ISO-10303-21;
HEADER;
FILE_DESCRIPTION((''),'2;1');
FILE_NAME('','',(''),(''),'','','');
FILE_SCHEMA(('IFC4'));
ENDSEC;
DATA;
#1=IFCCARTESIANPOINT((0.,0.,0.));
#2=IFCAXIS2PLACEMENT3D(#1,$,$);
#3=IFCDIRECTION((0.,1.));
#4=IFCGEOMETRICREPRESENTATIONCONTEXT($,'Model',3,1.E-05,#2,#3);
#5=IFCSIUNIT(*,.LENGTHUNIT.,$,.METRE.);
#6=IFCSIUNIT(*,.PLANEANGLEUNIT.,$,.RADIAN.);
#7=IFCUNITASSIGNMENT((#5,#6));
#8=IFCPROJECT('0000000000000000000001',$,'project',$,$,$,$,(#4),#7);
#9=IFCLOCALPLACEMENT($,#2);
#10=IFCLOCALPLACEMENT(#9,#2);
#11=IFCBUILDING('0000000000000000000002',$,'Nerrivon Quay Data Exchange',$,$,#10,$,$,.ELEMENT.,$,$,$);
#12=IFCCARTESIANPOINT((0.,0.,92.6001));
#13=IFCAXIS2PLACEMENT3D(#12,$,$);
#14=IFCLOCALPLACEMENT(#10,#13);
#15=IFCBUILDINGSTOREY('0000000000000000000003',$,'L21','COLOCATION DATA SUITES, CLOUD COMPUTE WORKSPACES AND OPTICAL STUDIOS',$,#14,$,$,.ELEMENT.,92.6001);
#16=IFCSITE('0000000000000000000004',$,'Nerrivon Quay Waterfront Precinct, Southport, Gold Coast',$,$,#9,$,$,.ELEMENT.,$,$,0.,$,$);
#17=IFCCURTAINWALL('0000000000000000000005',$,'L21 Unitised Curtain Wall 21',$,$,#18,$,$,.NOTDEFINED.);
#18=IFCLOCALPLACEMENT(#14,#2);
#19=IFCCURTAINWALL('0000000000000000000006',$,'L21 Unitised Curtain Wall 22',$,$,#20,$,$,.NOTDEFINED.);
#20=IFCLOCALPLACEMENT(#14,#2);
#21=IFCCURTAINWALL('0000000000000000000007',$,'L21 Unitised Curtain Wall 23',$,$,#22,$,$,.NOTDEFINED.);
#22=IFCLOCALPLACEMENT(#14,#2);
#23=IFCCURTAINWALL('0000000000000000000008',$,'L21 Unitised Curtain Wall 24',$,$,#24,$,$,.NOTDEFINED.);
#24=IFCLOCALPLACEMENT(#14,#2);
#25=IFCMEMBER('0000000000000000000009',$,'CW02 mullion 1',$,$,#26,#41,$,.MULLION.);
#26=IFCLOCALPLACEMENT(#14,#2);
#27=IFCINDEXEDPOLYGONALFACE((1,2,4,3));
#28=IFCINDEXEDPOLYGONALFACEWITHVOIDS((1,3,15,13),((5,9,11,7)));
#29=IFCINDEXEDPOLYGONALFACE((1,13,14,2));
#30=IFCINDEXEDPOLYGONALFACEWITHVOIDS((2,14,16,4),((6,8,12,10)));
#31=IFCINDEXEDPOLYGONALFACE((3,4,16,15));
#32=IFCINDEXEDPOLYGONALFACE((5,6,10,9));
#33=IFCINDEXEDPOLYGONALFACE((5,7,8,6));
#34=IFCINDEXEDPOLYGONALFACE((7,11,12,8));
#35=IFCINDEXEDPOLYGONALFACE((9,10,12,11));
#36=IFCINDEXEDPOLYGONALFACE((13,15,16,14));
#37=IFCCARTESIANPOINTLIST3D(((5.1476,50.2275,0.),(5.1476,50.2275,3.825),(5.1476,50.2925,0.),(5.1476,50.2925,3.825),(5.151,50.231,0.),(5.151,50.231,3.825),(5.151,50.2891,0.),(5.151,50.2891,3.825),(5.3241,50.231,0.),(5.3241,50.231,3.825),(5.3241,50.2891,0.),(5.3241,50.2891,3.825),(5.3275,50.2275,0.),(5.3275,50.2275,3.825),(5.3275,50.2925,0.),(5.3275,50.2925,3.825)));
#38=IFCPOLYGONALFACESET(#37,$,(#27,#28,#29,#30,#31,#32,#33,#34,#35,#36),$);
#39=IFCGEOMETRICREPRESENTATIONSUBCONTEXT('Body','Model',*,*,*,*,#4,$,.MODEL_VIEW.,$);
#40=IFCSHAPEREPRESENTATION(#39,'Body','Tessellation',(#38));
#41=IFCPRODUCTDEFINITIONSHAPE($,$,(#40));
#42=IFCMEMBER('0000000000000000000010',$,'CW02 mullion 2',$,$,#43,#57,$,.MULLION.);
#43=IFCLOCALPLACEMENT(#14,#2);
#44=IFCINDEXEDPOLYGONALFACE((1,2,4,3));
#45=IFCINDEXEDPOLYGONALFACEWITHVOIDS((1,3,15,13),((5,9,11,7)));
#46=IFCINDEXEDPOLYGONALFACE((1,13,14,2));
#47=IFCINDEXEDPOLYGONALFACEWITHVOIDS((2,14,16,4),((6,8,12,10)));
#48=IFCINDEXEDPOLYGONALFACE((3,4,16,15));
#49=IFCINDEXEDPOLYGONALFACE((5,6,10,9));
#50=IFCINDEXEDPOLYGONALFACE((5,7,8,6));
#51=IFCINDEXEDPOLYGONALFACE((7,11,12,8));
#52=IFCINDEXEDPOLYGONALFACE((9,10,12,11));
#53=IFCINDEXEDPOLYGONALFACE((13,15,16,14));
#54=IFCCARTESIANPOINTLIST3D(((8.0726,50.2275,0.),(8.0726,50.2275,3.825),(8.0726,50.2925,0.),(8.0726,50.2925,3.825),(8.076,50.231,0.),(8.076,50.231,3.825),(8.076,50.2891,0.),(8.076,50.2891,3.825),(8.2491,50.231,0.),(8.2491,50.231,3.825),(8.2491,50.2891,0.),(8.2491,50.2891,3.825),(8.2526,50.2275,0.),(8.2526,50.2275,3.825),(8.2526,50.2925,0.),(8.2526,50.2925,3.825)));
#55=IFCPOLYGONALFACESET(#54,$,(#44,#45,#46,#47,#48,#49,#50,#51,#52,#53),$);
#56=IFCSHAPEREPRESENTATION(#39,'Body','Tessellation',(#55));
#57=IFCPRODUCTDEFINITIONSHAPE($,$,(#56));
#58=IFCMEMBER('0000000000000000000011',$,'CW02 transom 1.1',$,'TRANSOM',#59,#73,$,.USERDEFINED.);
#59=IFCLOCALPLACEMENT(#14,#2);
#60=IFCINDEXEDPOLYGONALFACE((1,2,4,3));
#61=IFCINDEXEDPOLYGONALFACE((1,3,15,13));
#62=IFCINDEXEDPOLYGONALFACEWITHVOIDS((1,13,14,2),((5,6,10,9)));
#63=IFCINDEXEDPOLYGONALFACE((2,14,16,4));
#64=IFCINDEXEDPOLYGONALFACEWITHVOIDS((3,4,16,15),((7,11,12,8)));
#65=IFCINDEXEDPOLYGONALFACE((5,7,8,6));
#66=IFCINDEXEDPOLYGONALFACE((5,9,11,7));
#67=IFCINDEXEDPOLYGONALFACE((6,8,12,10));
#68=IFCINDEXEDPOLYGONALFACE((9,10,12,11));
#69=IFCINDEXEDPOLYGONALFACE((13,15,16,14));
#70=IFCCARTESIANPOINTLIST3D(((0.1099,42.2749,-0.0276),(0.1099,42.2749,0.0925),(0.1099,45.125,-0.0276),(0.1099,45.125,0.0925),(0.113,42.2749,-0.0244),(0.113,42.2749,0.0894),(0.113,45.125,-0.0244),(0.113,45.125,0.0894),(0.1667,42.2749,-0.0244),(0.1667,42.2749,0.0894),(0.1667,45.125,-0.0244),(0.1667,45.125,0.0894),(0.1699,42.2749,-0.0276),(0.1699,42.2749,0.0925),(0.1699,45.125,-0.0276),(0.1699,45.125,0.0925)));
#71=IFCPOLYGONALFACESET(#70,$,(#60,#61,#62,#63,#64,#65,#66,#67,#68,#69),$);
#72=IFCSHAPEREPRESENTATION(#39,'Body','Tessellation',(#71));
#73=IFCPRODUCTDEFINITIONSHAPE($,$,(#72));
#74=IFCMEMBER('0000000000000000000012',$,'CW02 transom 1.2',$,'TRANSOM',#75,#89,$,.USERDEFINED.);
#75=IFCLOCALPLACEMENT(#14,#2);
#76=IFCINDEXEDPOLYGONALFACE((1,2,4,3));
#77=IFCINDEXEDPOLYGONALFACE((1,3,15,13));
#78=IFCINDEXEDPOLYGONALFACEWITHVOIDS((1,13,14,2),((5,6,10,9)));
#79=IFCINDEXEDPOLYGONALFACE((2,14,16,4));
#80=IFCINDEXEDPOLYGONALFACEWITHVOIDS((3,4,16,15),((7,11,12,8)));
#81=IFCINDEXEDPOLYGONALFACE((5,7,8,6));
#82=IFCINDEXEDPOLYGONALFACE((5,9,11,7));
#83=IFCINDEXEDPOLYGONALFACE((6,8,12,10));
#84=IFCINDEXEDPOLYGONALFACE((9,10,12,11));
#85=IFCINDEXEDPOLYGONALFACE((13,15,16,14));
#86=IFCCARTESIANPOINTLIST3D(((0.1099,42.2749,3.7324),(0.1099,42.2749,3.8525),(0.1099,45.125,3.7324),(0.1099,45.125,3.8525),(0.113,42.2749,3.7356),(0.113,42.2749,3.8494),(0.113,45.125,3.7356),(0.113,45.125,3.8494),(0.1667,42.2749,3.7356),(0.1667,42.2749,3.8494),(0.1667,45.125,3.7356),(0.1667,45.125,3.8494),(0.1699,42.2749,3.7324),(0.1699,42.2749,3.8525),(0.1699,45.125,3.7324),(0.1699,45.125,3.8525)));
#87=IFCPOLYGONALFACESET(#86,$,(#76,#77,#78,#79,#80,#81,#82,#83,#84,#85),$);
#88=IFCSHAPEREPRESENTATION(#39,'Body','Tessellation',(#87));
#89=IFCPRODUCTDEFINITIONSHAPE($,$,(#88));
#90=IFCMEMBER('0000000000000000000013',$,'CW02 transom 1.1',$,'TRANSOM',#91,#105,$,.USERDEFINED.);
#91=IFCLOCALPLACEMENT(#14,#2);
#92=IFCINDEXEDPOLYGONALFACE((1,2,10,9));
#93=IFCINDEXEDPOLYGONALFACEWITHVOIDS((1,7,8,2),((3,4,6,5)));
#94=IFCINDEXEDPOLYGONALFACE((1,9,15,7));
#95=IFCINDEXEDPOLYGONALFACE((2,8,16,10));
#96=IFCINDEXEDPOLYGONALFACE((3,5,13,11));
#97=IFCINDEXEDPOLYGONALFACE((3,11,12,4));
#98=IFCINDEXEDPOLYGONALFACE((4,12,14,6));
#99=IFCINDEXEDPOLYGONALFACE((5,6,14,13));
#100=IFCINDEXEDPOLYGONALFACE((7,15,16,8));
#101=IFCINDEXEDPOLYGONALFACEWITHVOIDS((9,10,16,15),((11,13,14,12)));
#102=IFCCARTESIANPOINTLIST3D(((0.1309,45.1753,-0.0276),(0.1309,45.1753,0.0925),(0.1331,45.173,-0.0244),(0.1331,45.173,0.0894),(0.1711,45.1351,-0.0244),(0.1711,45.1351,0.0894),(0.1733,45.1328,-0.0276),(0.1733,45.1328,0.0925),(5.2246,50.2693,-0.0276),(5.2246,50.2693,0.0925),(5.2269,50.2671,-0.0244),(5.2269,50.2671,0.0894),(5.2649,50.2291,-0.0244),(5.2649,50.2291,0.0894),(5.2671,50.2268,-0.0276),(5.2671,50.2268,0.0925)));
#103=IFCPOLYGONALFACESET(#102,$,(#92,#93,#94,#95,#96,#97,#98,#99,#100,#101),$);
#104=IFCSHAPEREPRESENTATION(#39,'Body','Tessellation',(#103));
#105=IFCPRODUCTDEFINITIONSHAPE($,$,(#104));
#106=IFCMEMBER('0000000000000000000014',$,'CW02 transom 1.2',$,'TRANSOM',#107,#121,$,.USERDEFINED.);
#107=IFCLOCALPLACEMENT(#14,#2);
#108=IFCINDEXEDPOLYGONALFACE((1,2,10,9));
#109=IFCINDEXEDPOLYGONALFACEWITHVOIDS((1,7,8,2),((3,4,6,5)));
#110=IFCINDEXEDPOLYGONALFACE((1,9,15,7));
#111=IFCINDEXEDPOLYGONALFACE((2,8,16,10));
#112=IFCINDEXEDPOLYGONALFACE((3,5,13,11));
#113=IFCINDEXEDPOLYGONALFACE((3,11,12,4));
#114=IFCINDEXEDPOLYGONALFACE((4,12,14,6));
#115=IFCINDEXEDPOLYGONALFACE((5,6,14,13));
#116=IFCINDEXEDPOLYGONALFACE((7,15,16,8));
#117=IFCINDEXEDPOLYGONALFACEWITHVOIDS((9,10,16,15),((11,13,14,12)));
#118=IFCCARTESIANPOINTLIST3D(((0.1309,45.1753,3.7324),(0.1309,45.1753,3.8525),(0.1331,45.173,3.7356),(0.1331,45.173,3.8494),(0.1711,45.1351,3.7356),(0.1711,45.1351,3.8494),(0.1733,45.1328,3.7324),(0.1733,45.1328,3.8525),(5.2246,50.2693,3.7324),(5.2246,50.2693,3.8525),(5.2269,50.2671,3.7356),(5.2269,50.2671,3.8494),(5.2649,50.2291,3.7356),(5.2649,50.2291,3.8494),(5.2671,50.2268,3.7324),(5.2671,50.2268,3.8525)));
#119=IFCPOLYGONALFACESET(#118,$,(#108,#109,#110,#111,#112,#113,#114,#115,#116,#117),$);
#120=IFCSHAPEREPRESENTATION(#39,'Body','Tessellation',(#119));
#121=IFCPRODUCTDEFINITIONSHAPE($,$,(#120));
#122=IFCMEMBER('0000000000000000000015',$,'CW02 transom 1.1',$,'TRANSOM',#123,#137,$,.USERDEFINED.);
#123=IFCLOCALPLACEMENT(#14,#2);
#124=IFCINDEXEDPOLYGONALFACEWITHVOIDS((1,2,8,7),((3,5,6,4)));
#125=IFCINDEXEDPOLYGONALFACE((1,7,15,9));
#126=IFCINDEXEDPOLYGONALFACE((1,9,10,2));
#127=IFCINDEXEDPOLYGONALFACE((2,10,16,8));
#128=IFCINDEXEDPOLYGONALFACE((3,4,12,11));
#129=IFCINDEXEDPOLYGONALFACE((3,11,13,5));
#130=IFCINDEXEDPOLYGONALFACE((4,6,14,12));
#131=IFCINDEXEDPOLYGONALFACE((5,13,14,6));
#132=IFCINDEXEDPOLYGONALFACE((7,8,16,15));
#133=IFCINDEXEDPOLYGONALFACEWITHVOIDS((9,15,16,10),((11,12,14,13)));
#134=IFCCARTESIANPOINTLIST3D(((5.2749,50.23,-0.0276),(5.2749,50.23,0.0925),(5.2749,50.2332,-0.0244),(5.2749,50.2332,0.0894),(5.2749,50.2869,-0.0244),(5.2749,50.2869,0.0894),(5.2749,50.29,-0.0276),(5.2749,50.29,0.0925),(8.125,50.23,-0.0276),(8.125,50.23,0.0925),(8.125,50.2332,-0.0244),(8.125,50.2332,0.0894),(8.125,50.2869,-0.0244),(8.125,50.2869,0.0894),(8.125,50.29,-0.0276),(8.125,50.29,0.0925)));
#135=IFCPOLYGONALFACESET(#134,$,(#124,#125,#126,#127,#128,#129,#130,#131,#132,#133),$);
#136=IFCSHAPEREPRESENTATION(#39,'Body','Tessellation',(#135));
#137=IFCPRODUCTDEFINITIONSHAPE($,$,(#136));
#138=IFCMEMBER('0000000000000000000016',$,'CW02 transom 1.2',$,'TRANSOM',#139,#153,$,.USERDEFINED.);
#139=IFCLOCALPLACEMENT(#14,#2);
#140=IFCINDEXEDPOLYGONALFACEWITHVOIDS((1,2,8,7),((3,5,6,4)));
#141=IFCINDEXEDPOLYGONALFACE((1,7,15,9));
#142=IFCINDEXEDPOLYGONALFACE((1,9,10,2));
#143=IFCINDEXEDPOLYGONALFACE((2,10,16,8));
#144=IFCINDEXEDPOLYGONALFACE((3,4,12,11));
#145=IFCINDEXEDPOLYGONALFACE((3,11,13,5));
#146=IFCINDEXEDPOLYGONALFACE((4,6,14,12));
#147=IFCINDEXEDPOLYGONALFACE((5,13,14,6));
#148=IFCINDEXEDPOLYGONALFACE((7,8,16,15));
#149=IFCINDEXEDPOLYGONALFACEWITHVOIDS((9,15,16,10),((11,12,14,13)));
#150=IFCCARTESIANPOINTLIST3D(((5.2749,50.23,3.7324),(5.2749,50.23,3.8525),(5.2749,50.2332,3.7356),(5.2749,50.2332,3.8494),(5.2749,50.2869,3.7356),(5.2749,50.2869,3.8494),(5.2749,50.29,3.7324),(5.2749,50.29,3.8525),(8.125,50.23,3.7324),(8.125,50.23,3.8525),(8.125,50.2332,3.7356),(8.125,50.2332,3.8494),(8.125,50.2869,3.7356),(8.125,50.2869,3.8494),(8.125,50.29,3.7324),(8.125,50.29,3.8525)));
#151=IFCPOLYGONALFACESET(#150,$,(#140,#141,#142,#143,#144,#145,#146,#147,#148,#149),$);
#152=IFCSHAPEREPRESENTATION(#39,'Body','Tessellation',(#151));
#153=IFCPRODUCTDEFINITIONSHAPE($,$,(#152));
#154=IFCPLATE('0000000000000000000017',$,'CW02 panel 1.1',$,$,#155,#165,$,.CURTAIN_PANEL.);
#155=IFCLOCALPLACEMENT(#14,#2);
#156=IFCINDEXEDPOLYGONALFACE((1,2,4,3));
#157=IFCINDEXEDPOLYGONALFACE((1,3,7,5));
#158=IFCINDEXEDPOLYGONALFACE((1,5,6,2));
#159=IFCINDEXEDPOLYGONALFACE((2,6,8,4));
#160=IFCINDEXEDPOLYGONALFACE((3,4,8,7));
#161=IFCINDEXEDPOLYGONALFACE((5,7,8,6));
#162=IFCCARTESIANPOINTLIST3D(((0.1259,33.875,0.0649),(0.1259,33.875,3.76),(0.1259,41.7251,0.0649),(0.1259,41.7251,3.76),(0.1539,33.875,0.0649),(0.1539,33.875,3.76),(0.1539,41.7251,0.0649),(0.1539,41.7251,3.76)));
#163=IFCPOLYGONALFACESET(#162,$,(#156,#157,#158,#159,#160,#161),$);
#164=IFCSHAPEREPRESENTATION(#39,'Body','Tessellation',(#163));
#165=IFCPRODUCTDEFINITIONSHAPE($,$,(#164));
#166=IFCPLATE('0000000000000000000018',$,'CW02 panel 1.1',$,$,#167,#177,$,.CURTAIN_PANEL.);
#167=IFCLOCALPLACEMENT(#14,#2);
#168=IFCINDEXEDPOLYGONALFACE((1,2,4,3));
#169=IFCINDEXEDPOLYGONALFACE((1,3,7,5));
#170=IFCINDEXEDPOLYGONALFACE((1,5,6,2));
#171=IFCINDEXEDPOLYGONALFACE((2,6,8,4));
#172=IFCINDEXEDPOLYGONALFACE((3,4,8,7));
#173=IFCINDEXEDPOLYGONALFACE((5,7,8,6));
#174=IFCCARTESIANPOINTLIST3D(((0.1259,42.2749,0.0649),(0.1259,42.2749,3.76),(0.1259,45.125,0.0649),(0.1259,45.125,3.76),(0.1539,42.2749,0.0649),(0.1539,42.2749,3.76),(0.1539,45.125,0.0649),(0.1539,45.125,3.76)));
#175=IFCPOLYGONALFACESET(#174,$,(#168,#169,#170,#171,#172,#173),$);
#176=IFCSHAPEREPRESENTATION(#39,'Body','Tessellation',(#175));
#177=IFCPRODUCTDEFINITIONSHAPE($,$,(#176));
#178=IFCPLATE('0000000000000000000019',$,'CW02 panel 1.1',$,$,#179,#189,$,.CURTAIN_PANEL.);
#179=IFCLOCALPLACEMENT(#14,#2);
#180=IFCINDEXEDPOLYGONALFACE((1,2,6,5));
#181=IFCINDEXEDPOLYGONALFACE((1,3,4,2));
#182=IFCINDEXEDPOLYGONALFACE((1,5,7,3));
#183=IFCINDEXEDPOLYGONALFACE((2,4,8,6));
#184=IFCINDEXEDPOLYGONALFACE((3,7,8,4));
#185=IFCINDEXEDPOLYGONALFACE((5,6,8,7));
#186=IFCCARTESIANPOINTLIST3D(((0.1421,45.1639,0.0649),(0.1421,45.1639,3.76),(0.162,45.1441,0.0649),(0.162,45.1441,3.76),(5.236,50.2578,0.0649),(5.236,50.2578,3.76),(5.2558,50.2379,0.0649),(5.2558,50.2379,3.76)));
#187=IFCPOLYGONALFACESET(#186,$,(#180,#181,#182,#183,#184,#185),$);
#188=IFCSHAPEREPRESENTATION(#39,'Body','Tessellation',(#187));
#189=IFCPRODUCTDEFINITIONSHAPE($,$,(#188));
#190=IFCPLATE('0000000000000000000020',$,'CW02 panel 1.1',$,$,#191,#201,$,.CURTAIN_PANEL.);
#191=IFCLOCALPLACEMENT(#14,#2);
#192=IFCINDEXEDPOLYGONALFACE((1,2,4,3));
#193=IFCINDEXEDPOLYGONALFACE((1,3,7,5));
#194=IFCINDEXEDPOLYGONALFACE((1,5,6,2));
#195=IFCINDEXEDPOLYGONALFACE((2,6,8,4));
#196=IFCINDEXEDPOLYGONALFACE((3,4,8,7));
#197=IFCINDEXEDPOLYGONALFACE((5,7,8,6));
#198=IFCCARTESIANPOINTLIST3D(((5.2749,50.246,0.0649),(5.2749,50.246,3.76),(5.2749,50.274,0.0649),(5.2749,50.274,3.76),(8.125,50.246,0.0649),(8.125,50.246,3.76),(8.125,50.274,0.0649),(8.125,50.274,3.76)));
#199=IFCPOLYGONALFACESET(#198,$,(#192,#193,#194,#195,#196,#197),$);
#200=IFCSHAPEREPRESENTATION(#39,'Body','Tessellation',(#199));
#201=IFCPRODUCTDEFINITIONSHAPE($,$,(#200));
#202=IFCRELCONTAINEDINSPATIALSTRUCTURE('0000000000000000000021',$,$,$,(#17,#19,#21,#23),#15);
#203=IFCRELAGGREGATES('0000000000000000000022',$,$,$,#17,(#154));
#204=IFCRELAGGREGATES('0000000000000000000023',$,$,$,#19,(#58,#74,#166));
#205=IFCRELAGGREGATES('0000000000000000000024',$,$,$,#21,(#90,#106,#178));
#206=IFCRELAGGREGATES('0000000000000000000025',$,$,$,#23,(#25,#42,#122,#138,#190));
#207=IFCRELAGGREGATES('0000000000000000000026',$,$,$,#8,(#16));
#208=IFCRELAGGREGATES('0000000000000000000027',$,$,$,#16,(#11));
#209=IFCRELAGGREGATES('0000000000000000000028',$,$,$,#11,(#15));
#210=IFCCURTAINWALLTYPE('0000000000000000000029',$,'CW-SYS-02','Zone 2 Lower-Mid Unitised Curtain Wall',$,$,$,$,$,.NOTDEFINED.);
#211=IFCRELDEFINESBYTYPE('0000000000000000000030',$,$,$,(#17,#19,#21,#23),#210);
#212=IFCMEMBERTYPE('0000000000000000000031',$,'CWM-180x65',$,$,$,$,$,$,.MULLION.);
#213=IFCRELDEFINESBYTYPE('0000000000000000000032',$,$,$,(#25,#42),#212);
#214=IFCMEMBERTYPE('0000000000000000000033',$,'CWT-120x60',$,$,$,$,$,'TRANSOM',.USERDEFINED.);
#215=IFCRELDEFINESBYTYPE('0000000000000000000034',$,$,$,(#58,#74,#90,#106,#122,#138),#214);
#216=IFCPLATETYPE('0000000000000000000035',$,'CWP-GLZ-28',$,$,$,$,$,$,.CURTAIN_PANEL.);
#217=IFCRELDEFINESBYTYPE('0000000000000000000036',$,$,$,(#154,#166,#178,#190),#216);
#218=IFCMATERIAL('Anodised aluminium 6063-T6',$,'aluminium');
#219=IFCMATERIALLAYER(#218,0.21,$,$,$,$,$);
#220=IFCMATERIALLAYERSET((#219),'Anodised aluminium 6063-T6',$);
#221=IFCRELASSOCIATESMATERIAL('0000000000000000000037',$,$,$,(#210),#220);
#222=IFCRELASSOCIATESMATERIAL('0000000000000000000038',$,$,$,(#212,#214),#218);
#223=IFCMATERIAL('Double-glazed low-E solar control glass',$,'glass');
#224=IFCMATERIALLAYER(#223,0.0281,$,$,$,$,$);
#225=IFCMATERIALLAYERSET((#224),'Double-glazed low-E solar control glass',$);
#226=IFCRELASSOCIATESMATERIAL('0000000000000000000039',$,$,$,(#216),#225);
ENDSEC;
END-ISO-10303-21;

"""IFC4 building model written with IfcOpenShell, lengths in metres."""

from ifc_helpers import new_model, si_unit, direction, frame, origin, origin_2d, place, context, subcontext, project, spatial, rectangle, hollow_rectangle, extrude, material, layer, layer_set, material_profile, profile_set, type_object, element, aggregate, save


model = new_model("IFC4")

# Units and contexts
model_context = context("Model", 3, precision=1e-05, world=origin(), true_north=direction((0.0, 1.0)))
body_context = subcontext(model_context, "Body", "Model", "MODEL_VIEW")
ifc_project = project(units=[si_unit("LENGTHUNIT", "METRE"), si_unit("PLANEANGLEUNIT", "RADIAN")], contexts=[model_context])

# Site, building, storey
site_placement = place(None, origin())
site = spatial("IfcSite", under=ifc_project, at=site_placement, Name="Nerrivon Quay Waterfront Precinct, Southport, Gold Coast", CompositionType="ELEMENT", RefElevation=0.0)
building_placement = place(site_placement, origin())
building = spatial("IfcBuilding", under=site, at=building_placement, Name="Nerrivon Quay Data Exchange", CompositionType="ELEMENT")
storey_placement = place(building_placement, frame((0.0, 0.0, 92.6001)))
storey = spatial("IfcBuildingStorey", under=building, at=storey_placement, Name="L21", Description="COLOCATION DATA SUITES, CLOUD COMPUTE WORKSPACES AND OPTICAL STUDIOS", CompositionType="ELEMENT", Elevation=92.6001)

# Curtain wall
ifc_material_1 = material(Name="Anodised aluminium 6063-T6", Category="aluminium")
ifc_layer_1 = layer(ifc_material_1, 0.21)
ifc_layer_set_1 = layer_set([ifc_layer_1], Name="Anodised aluminium 6063-T6")
curtain_wall_type = type_object("IfcCurtainWallType", Name="CW-SYS-02", Description="Zone 2 Lower-Mid Unitised Curtain Wall", PredefinedType="NOTDEFINED", material=ifc_layer_set_1)
curtain_wall_1_placement = place(storey_placement, origin())
curtain_wall_1 = element("IfcCurtainWall", 1, at=curtain_wall_1_placement, inside=storey, type_object=curtain_wall_type, Name="L21 Unitised Curtain Wall 21", PredefinedType="NOTDEFINED")
ifc_material_profile_1 = material_profile(ifc_material_1, hollow_rectangle(XDim=0.0649, YDim=0.1799, WallThickness=0.0034, at=origin_2d()), Name="ALU-MULL-180x65")
ifc_profile_set_1 = profile_set([ifc_material_profile_1], Name="Anodised aluminium 6063-T6")
member_type_1 = type_object("IfcMemberType", Name="CWM-180x65", PredefinedType="MULLION", material=ifc_profile_set_1)

# Curtain walls, members
curtain_wall_2_placement = place(storey_placement, origin())
curtain_wall_2 = element("IfcCurtainWall", 2, at=curtain_wall_2_placement, inside=storey, type_object=curtain_wall_type, Name="L21 Unitised Curtain Wall 22", PredefinedType="NOTDEFINED")
curtain_wall_3_placement = place(storey_placement, origin())
curtain_wall_3 = element("IfcCurtainWall", 3, at=curtain_wall_3_placement, inside=storey, type_object=curtain_wall_type, Name="L21 Unitised Curtain Wall 23", PredefinedType="NOTDEFINED")
curtain_wall_4_placement = place(storey_placement, origin())
curtain_wall_4 = element("IfcCurtainWall", 4, at=curtain_wall_4_placement, inside=storey, type_object=curtain_wall_type, Name="L21 Unitised Curtain Wall 24", PredefinedType="NOTDEFINED")
member_1_placement = place(storey_placement, frame((5.2375, 50.26, 0.0), z_axis=(0.0, 0.0, 1.0), x_axis=(0.0, 1.0, 0.0)))
member_1 = element("IfcMember", 5, at=member_1_placement, type_object=member_type_1, Name="CW02 mullion 1", PredefinedType="MULLION", context=body_context, shape_type="SweptSolid", body=[
    extrude(hollow_rectangle(XDim=0.0649, YDim=0.1799, WallThickness=0.0034, at=origin_2d()), origin(), (0.0, 0.0, 1.0), 3.825),
])
member_2_placement = place(storey_placement, frame((8.1626, 50.26, 0.0), z_axis=(0.0, 0.0, 1.0), x_axis=(0.0, 1.0, 0.0)))
member_2 = element("IfcMember", 6, at=member_2_placement, type_object=member_type_1, Name="CW02 mullion 2", PredefinedType="MULLION", context=body_context, shape_type="SweptSolid", body=[
    extrude(hollow_rectangle(XDim=0.0649, YDim=0.1799, WallThickness=0.0034, at=origin_2d()), origin(), (0.0, 0.0, 1.0), 3.825),
])

# Members
ifc_material_profile_2 = material_profile(ifc_material_1, hollow_rectangle(XDim=0.0601, YDim=0.1201, WallThickness=0.0032, at=origin_2d()), Name="ALU-TRAN-120x60")
ifc_profile_set_2 = profile_set([ifc_material_profile_2], Name="Anodised aluminium 6063-T6")
member_type_2 = type_object("IfcMemberType", Name="CWT-120x60", ElementType="TRANSOM", PredefinedType="USERDEFINED", material=ifc_profile_set_2)
member_3_placement = place(storey_placement, frame((0.1399, 42.2749, 0.0325), z_axis=(0.0, 1.0, 0.0), x_axis=(-1.0, 0.0, 0.0)))
member_3 = element("IfcMember", 7, at=member_3_placement, type_object=member_type_2, Name="CW02 transom 1.1", ObjectType="TRANSOM", PredefinedType="USERDEFINED", context=body_context, shape_type="SweptSolid", body=[
    extrude(hollow_rectangle(XDim=0.0601, YDim=0.1201, WallThickness=0.0032, at=origin_2d()), origin(), (0.0, 0.0, 1.0), 2.8501),
])
member_4_placement = place(storey_placement, frame((0.1399, 42.2749, 3.7925), z_axis=(0.0, 1.0, 0.0), x_axis=(-1.0, 0.0, 0.0)))
member_4 = element("IfcMember", 8, at=member_4_placement, type_object=member_type_2, Name="CW02 transom 1.2", ObjectType="TRANSOM", PredefinedType="USERDEFINED", context=body_context, shape_type="SweptSolid", body=[
    extrude(hollow_rectangle(XDim=0.0601, YDim=0.1201, WallThickness=0.0032, at=origin_2d()), origin(), (0.0, 0.0, 1.0), 2.8501),
])
member_5_placement = place(storey_placement, frame((0.1521, 45.1541, 0.0325), z_axis=(0.70709, 0.707124, 0.0), x_axis=(-0.707124, 0.70709, 0.0)))
member_5 = element("IfcMember", 9, at=member_5_placement, type_object=member_type_2, Name="CW02 transom 1.1", ObjectType="TRANSOM", PredefinedType="USERDEFINED", context=body_context, shape_type="SweptSolid", body=[
    extrude(hollow_rectangle(XDim=0.0601, YDim=0.1201, WallThickness=0.0032, at=origin_2d()), origin(), (0.0, 0.0, 1.0), 7.2039),
])
member_6_placement = place(storey_placement, frame((0.1521, 45.1541, 3.7925), z_axis=(0.70709, 0.707124, 0.0), x_axis=(-0.707124, 0.70709, 0.0)))
member_6 = element("IfcMember", 10, at=member_6_placement, type_object=member_type_2, Name="CW02 transom 1.2", ObjectType="TRANSOM", PredefinedType="USERDEFINED", context=body_context, shape_type="SweptSolid", body=[
    extrude(hollow_rectangle(XDim=0.0601, YDim=0.1201, WallThickness=0.0032, at=origin_2d()), origin(), (0.0, 0.0, 1.0), 7.2039),
])
member_7_placement = place(storey_placement, frame((5.2749, 50.26, 0.0325), z_axis=(1.0, 0.0, 0.0), x_axis=(0.0, 1.0, 0.0)))
member_7 = element("IfcMember", 11, at=member_7_placement, type_object=member_type_2, Name="CW02 transom 1.1", ObjectType="TRANSOM", PredefinedType="USERDEFINED", context=body_context, shape_type="SweptSolid", body=[
    extrude(hollow_rectangle(XDim=0.0601, YDim=0.1201, WallThickness=0.0032, at=origin_2d()), origin(), (0.0, 0.0, 1.0), 2.8501),
])
member_8_placement = place(storey_placement, frame((5.2749, 50.26, 3.7925), z_axis=(1.0, 0.0, 0.0), x_axis=(0.0, 1.0, 0.0)))
member_8 = element("IfcMember", 12, at=member_8_placement, type_object=member_type_2, Name="CW02 transom 1.2", ObjectType="TRANSOM", PredefinedType="USERDEFINED", context=body_context, shape_type="SweptSolid", body=[
    extrude(hollow_rectangle(XDim=0.0601, YDim=0.1201, WallThickness=0.0032, at=origin_2d()), origin(), (0.0, 0.0, 1.0), 2.8501),
])

# Plates
ifc_material_2 = material(Name="Double-glazed low-E solar control glass", Category="glass")
ifc_layer_2 = layer(ifc_material_2, 0.0281)
ifc_layer_set_2 = layer_set([ifc_layer_2], Name="Double-glazed low-E solar control glass")
plate_type = type_object("IfcPlateType", Name="CWP-GLZ-28", PredefinedType="CURTAIN_PANEL", material=ifc_layer_set_2)
plate_1_placement = place(storey_placement, frame((0.1399, 37.8, 0.0649), z_axis=(0.0, 0.0, 1.0), x_axis=(0.0, 1.0, 0.0)))
plate_1 = element("IfcPlate", 13, at=plate_1_placement, type_object=plate_type, Name="CW02 panel 1.1", PredefinedType="CURTAIN_PANEL", context=body_context, shape_type="SweptSolid", body=[
    extrude(rectangle(XDim=7.8501, YDim=0.0281, at=origin_2d()), origin(), (0.0, 0.0, 1.0), 3.6951),
])
aggregate(curtain_wall_1, [plate_1])
plate_2_placement = place(storey_placement, frame((0.1399, 43.7, 0.0649), z_axis=(0.0, 0.0, 1.0), x_axis=(0.0, 1.0, 0.0)))
plate_2 = element("IfcPlate", 14, at=plate_2_placement, type_object=plate_type, Name="CW02 panel 1.1", PredefinedType="CURTAIN_PANEL", context=body_context, shape_type="SweptSolid", body=[
    extrude(rectangle(XDim=2.8501, YDim=0.0281, at=origin_2d()), origin(), (0.0, 0.0, 1.0), 3.6951),
])
aggregate(curtain_wall_2, [member_3, member_4, plate_2])
plate_3_placement = place(storey_placement, frame((2.699, 47.7009, 0.0649), z_axis=(0.0, 0.0, 1.0), x_axis=(0.707107, 0.707107, 0.0)))
plate_3 = element("IfcPlate", 15, at=plate_3_placement, type_object=plate_type, Name="CW02 panel 1.1", PredefinedType="CURTAIN_PANEL", context=body_context, shape_type="SweptSolid", body=[
    extrude(rectangle(XDim=7.2039, YDim=0.0281, at=origin_2d()), origin(), (0.0, 0.0, 1.0), 3.6951),
])
aggregate(curtain_wall_3, [member_5, member_6, plate_3])
plate_4_placement = place(storey_placement, frame((6.7, 50.26, 0.0649), z_axis=(0.0, 0.0, 1.0), x_axis=(1.0, 0.0, 0.0)))
plate_4 = element("IfcPlate", 16, at=plate_4_placement, type_object=plate_type, Name="CW02 panel 1.1", PredefinedType="CURTAIN_PANEL", context=body_context, shape_type="SweptSolid", body=[
    extrude(rectangle(XDim=2.8501, YDim=0.0281, at=origin_2d()), origin(), (0.0, 0.0, 1.0), 3.6951),
])
aggregate(curtain_wall_4, [member_1, member_2, member_7, member_8, plate_4])

save(model, "model.ifc")
